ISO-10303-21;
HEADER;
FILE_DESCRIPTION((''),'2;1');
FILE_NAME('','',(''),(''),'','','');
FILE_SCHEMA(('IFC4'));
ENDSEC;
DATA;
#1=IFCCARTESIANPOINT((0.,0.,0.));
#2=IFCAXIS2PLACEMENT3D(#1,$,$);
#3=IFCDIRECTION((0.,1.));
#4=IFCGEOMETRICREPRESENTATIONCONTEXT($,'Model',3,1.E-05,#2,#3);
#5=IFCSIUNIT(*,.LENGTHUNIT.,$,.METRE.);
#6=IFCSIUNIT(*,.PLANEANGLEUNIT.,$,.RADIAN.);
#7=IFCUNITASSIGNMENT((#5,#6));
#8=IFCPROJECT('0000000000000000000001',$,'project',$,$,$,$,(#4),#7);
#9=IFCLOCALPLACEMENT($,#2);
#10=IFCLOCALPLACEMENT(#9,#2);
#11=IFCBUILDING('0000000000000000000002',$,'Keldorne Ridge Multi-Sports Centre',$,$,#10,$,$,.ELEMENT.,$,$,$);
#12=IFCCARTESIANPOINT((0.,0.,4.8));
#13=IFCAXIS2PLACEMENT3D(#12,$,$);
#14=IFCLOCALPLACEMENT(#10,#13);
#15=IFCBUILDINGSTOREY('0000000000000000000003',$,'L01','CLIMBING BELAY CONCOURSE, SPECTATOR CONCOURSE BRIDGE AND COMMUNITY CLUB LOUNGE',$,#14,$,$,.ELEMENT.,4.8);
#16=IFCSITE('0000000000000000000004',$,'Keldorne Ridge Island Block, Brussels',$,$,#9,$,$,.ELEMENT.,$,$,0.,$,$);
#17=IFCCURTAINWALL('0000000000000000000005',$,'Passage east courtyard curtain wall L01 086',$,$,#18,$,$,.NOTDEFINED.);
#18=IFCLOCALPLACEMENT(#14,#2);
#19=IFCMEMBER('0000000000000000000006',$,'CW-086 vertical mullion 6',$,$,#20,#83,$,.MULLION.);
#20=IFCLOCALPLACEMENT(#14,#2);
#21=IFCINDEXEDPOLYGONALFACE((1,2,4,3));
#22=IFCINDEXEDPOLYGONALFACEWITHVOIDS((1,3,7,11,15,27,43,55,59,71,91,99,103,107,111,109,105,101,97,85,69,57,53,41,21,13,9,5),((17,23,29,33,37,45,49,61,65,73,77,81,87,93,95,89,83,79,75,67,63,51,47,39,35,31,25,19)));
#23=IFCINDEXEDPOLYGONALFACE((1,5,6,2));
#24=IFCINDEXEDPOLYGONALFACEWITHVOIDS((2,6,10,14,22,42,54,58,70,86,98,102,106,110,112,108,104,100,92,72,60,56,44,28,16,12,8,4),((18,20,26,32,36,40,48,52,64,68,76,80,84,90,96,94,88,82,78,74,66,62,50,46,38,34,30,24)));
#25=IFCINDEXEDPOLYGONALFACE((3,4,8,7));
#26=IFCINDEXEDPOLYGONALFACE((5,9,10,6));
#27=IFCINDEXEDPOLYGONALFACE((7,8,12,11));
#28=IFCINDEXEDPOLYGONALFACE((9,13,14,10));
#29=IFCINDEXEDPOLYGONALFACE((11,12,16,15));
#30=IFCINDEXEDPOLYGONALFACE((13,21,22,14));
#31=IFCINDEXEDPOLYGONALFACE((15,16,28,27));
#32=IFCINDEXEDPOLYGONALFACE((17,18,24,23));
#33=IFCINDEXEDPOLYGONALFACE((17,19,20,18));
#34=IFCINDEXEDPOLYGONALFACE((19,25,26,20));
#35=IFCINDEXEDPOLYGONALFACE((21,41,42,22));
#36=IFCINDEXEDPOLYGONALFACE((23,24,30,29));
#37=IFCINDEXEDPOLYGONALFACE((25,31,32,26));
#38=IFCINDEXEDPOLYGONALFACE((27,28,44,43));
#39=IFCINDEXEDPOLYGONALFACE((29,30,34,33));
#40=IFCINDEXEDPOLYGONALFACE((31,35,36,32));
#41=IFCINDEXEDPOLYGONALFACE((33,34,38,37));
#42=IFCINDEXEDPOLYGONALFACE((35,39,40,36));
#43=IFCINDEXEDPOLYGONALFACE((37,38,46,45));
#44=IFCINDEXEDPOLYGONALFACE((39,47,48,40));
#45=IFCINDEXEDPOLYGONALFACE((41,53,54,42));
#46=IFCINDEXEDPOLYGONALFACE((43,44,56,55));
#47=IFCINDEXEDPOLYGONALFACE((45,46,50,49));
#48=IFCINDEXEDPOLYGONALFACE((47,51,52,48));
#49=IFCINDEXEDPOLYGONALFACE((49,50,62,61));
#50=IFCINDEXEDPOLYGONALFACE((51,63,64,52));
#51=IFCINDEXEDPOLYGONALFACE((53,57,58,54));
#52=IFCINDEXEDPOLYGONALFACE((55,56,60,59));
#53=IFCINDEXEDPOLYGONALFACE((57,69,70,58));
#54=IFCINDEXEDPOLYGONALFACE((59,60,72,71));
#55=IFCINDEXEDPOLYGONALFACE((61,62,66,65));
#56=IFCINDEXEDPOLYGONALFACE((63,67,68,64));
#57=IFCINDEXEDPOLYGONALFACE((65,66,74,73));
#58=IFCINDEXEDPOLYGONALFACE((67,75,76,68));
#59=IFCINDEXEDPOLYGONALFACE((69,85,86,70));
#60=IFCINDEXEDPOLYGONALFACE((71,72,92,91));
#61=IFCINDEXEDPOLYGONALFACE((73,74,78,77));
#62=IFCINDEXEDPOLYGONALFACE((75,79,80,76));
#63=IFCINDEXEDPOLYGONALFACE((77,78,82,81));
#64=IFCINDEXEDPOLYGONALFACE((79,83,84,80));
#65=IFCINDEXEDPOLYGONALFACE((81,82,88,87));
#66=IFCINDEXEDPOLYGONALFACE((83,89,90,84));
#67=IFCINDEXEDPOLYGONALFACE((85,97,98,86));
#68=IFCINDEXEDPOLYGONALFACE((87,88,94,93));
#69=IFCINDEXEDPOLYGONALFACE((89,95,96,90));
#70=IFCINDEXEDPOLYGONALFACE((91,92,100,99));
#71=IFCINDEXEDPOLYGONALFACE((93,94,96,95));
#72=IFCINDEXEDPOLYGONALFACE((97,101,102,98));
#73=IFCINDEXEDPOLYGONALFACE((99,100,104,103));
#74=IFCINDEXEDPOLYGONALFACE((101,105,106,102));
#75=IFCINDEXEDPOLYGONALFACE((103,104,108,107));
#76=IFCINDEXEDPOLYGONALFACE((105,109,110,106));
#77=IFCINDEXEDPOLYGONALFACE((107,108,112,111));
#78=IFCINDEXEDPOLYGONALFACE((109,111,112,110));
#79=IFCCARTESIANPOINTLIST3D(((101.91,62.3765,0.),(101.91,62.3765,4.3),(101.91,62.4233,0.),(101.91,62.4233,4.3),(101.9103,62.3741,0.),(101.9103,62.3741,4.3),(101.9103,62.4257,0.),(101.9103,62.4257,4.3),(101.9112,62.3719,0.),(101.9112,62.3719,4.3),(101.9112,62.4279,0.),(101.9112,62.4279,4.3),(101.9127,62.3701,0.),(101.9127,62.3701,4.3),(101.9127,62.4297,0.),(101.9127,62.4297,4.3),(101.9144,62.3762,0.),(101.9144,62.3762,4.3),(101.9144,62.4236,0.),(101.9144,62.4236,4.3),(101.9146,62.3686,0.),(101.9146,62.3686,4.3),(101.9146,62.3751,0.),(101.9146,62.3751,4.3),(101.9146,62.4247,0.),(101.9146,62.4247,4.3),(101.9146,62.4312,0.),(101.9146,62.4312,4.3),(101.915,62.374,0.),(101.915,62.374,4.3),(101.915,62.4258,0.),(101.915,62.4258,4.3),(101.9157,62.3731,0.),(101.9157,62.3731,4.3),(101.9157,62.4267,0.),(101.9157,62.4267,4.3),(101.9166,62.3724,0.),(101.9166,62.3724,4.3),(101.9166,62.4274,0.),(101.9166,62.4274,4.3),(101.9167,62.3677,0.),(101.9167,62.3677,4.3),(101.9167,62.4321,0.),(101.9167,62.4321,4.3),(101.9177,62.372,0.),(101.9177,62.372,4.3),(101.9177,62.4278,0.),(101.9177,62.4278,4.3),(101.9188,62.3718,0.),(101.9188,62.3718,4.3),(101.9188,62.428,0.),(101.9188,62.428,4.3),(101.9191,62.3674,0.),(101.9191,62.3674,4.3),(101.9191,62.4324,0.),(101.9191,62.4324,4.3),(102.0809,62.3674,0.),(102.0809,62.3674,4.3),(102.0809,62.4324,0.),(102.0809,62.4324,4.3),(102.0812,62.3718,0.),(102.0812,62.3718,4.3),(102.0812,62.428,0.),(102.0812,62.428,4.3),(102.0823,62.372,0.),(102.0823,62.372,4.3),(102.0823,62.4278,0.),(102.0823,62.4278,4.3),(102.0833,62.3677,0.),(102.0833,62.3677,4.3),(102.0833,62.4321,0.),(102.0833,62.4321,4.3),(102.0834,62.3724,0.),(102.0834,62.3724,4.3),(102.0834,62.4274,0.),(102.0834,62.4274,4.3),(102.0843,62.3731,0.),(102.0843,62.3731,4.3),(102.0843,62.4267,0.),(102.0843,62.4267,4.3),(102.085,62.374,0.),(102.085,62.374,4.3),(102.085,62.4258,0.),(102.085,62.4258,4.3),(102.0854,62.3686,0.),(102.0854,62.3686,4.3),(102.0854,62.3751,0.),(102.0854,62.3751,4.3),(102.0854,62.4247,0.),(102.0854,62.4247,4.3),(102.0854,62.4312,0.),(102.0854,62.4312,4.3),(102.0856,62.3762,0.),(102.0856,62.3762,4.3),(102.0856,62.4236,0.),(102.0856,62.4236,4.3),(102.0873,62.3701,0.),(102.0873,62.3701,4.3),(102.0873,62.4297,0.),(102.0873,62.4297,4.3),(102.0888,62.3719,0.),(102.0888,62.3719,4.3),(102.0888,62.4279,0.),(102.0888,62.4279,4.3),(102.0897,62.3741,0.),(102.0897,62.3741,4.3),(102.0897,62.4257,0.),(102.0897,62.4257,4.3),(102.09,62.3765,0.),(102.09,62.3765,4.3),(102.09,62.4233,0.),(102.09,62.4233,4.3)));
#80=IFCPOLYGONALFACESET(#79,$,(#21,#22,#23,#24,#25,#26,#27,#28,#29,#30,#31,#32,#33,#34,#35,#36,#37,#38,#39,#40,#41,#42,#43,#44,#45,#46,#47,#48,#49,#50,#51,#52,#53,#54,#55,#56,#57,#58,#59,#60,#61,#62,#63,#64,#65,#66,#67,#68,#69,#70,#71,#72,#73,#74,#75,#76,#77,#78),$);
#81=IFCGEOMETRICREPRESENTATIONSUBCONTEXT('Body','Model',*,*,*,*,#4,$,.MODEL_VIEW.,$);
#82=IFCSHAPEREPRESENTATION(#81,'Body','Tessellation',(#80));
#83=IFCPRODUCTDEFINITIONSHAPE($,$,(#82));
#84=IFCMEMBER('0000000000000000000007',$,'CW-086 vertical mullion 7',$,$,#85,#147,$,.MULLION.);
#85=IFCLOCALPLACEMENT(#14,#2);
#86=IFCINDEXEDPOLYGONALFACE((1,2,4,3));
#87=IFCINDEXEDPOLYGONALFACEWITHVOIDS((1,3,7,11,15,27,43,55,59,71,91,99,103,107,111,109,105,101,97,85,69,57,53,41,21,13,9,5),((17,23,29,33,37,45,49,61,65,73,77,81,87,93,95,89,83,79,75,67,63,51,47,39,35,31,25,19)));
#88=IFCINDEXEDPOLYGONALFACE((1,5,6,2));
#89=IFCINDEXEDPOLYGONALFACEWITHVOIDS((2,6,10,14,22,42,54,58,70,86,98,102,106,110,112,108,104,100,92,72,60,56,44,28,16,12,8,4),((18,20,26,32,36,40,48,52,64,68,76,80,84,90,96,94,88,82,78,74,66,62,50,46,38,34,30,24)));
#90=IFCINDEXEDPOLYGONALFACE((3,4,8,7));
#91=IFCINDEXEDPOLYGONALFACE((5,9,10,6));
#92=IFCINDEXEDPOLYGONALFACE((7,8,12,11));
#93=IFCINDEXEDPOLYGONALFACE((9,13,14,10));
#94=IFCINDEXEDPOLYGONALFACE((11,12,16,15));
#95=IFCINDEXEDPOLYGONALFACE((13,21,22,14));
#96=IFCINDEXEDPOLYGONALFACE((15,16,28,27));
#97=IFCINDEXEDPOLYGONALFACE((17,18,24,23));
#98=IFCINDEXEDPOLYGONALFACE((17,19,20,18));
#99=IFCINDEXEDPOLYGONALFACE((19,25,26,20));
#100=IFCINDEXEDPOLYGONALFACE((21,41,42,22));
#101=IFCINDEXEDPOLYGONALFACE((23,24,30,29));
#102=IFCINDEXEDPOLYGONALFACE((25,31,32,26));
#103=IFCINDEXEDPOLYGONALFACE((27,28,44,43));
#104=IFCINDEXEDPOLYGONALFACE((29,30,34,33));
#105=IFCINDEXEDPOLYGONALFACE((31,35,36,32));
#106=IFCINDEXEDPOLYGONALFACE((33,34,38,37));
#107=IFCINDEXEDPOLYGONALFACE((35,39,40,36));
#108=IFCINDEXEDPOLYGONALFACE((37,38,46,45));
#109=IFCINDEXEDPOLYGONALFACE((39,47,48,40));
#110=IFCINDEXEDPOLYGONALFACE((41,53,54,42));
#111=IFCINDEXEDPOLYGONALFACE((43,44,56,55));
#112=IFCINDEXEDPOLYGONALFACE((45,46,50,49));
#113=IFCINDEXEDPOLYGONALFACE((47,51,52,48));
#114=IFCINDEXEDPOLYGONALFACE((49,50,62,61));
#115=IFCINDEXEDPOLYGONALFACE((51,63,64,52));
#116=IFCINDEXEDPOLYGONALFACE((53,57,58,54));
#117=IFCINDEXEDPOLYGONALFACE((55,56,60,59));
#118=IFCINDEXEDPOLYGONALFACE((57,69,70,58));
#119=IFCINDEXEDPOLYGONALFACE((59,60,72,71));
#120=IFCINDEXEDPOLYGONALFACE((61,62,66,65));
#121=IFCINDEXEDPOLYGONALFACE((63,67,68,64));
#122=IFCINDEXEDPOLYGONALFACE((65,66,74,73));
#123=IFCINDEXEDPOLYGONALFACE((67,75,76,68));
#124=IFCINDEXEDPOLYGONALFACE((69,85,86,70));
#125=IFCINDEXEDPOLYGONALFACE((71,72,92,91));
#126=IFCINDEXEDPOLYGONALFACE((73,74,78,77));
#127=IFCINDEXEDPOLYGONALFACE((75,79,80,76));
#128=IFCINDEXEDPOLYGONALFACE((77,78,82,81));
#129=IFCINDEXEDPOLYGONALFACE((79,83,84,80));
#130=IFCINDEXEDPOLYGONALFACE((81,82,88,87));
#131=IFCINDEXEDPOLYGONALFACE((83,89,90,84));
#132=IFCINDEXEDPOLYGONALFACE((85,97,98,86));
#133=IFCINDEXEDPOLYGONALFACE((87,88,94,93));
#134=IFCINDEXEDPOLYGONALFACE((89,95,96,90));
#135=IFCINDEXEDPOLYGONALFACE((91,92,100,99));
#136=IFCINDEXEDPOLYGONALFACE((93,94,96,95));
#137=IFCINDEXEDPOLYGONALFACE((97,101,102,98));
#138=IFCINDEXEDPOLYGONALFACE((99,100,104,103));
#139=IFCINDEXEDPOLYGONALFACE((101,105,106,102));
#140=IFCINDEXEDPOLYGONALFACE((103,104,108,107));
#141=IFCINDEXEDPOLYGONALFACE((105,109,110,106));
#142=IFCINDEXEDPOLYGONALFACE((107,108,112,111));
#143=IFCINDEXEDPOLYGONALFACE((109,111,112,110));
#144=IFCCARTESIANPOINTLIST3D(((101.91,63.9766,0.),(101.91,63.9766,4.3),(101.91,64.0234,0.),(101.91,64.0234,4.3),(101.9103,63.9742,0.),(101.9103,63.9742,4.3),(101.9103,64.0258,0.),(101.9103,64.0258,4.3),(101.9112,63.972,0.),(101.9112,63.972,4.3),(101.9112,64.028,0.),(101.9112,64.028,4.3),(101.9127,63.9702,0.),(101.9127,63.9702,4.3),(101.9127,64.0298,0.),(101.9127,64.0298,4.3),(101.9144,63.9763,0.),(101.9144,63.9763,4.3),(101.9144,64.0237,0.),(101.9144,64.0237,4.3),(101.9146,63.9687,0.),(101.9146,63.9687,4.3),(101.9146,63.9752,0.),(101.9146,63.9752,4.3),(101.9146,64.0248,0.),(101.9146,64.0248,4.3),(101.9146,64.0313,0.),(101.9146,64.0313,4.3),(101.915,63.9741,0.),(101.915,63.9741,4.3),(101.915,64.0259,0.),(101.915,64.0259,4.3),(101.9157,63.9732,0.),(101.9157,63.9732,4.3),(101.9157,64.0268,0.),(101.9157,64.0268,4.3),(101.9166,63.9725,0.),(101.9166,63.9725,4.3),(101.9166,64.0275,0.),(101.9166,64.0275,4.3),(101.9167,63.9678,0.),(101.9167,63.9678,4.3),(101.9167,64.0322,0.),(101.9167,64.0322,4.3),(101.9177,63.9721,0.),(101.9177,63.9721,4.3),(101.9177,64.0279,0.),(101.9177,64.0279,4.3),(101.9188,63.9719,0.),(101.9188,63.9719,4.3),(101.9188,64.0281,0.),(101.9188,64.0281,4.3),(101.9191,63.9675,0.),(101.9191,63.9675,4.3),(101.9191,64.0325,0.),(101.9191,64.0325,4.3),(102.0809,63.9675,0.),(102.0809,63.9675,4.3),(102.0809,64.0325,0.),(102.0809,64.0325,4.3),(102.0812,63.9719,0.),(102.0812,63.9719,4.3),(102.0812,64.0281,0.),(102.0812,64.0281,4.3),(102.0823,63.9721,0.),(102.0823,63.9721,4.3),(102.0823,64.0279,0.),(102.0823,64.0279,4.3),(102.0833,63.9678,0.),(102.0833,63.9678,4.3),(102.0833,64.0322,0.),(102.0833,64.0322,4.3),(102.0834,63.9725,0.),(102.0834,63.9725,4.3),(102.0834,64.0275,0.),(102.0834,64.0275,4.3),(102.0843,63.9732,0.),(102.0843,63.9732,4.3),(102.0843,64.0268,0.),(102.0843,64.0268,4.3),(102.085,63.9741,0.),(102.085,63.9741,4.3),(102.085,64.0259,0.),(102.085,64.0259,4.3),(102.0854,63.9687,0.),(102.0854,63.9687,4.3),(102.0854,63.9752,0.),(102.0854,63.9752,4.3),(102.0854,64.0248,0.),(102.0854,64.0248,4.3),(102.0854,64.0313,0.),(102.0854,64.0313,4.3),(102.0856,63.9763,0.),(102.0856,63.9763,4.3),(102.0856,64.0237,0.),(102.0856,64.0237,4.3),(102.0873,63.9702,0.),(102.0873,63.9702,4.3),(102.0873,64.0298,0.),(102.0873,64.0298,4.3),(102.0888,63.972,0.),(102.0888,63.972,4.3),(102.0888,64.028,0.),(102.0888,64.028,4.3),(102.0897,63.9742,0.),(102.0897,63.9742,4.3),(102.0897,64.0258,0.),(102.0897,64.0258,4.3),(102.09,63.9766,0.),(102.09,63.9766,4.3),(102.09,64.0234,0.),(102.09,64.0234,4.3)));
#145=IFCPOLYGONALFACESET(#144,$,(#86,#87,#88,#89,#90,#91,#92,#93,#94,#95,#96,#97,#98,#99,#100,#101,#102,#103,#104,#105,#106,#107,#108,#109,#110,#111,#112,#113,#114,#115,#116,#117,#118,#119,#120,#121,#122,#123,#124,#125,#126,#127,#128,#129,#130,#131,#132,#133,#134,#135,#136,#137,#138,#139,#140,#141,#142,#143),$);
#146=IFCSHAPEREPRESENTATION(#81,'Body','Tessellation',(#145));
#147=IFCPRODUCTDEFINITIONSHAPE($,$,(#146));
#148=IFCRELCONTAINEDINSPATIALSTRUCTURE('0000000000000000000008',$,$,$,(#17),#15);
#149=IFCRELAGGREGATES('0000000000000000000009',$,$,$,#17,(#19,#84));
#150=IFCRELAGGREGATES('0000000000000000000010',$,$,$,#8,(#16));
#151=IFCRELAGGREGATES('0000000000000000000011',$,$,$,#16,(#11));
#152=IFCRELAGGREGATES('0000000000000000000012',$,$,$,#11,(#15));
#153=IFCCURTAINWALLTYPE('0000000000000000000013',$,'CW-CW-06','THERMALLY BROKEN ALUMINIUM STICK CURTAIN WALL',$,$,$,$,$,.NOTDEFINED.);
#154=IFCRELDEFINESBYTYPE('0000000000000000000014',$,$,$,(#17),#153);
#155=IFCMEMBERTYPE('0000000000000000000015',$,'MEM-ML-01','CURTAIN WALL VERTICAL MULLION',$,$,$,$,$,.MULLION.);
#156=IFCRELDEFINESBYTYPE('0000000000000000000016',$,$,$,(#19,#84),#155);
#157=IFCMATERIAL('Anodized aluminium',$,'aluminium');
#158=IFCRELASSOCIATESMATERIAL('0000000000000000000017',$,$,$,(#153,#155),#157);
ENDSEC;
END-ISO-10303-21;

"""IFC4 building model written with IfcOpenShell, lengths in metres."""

from ifc_helpers import new_model, si_unit, direction, frame, origin, origin_2d, place, context, subcontext, project, spatial, hollow_rectangle, extrude, material, material_profile, profile_set, type_object, element, aggregate, save


model = new_model("IFC4")

# Units and contexts
model_context = context("Model", 3, precision=1e-05, world=origin(), true_north=direction((0.0, 1.0)))
body_context = subcontext(model_context, "Body", "Model", "MODEL_VIEW")
ifc_project = project(units=[si_unit("LENGTHUNIT", "METRE"), si_unit("PLANEANGLEUNIT", "RADIAN")], contexts=[model_context])

# Site, building, storey
site_placement = place(None, origin())
site = spatial("IfcSite", under=ifc_project, at=site_placement, Name="Keldorne Ridge Island Block, Brussels", CompositionType="ELEMENT", RefElevation=0.0)
building_placement = place(site_placement, origin())
building = spatial("IfcBuilding", under=site, at=building_placement, Name="Keldorne Ridge Multi-Sports Centre", CompositionType="ELEMENT")
storey_placement = place(building_placement, frame((0.0, 0.0, 4.8)))
storey = spatial("IfcBuildingStorey", under=building, at=storey_placement, Name="L01", Description="CLIMBING BELAY CONCOURSE, SPECTATOR CONCOURSE BRIDGE AND COMMUNITY CLUB LOUNGE", CompositionType="ELEMENT", Elevation=4.8)

# Curtain wall, members
ifc_material_1 = material(Name="Anodized aluminium", Category="aluminium")
curtain_wall_type = type_object("IfcCurtainWallType", Name="CW-CW-06", Description="THERMALLY BROKEN ALUMINIUM STICK CURTAIN WALL", PredefinedType="NOTDEFINED", material=ifc_material_1)
curtain_wall_placement = place(storey_placement, origin())
curtain_wall = element("IfcCurtainWall", 1, at=curtain_wall_placement, inside=storey, type_object=curtain_wall_type, Name="Passage east courtyard curtain wall L01 086", PredefinedType="NOTDEFINED")
ifc_material_profile_1 = material_profile(ifc_material_1, hollow_rectangle(XDim=0.0649, YDim=0.1799, WallThickness=0.0044, InnerFilletRadius=0.0044, OuterFilletRadius=0.009, at=origin_2d()), Name="ALU MULLION 180x65x4.5")
ifc_profile_set_1 = profile_set([ifc_material_profile_1], Name="Anodized aluminium")
member_type_1 = type_object("IfcMemberType", Name="MEM-ML-01", Description="CURTAIN WALL VERTICAL MULLION", PredefinedType="MULLION", material=ifc_profile_set_1)
member_1_placement = place(storey_placement, frame((102.0, 62.3999, 0.0), z_axis=(0.0, 0.0, 1.0), x_axis=(0.0, 1.0, 0.0)))
member_1 = element("IfcMember", 2, at=member_1_placement, type_object=member_type_1, Name="CW-086 vertical mullion 6", PredefinedType="MULLION", context=body_context, shape_type="SweptSolid", body=[
    extrude(hollow_rectangle(XDim=0.0649, YDim=0.1799, WallThickness=0.0044, InnerFilletRadius=0.0044, OuterFilletRadius=0.009, at=origin_2d()), origin(), (0.0, 0.0, 1.0), 4.3),
])
member_2_placement = place(storey_placement, frame((102.0, 64.0, 0.0), z_axis=(0.0, 0.0, 1.0), x_axis=(0.0, 1.0, 0.0)))
member_2 = element("IfcMember", 3, at=member_2_placement, type_object=member_type_1, Name="CW-086 vertical mullion 7", PredefinedType="MULLION", context=body_context, shape_type="SweptSolid", body=[
    extrude(hollow_rectangle(XDim=0.0649, YDim=0.1799, WallThickness=0.0044, InnerFilletRadius=0.0044, OuterFilletRadius=0.009, at=origin_2d()), origin(), (0.0, 0.0, 1.0), 4.3),
])
aggregate(curtain_wall, [member_1, member_2])

save(model, "model.ifc")
